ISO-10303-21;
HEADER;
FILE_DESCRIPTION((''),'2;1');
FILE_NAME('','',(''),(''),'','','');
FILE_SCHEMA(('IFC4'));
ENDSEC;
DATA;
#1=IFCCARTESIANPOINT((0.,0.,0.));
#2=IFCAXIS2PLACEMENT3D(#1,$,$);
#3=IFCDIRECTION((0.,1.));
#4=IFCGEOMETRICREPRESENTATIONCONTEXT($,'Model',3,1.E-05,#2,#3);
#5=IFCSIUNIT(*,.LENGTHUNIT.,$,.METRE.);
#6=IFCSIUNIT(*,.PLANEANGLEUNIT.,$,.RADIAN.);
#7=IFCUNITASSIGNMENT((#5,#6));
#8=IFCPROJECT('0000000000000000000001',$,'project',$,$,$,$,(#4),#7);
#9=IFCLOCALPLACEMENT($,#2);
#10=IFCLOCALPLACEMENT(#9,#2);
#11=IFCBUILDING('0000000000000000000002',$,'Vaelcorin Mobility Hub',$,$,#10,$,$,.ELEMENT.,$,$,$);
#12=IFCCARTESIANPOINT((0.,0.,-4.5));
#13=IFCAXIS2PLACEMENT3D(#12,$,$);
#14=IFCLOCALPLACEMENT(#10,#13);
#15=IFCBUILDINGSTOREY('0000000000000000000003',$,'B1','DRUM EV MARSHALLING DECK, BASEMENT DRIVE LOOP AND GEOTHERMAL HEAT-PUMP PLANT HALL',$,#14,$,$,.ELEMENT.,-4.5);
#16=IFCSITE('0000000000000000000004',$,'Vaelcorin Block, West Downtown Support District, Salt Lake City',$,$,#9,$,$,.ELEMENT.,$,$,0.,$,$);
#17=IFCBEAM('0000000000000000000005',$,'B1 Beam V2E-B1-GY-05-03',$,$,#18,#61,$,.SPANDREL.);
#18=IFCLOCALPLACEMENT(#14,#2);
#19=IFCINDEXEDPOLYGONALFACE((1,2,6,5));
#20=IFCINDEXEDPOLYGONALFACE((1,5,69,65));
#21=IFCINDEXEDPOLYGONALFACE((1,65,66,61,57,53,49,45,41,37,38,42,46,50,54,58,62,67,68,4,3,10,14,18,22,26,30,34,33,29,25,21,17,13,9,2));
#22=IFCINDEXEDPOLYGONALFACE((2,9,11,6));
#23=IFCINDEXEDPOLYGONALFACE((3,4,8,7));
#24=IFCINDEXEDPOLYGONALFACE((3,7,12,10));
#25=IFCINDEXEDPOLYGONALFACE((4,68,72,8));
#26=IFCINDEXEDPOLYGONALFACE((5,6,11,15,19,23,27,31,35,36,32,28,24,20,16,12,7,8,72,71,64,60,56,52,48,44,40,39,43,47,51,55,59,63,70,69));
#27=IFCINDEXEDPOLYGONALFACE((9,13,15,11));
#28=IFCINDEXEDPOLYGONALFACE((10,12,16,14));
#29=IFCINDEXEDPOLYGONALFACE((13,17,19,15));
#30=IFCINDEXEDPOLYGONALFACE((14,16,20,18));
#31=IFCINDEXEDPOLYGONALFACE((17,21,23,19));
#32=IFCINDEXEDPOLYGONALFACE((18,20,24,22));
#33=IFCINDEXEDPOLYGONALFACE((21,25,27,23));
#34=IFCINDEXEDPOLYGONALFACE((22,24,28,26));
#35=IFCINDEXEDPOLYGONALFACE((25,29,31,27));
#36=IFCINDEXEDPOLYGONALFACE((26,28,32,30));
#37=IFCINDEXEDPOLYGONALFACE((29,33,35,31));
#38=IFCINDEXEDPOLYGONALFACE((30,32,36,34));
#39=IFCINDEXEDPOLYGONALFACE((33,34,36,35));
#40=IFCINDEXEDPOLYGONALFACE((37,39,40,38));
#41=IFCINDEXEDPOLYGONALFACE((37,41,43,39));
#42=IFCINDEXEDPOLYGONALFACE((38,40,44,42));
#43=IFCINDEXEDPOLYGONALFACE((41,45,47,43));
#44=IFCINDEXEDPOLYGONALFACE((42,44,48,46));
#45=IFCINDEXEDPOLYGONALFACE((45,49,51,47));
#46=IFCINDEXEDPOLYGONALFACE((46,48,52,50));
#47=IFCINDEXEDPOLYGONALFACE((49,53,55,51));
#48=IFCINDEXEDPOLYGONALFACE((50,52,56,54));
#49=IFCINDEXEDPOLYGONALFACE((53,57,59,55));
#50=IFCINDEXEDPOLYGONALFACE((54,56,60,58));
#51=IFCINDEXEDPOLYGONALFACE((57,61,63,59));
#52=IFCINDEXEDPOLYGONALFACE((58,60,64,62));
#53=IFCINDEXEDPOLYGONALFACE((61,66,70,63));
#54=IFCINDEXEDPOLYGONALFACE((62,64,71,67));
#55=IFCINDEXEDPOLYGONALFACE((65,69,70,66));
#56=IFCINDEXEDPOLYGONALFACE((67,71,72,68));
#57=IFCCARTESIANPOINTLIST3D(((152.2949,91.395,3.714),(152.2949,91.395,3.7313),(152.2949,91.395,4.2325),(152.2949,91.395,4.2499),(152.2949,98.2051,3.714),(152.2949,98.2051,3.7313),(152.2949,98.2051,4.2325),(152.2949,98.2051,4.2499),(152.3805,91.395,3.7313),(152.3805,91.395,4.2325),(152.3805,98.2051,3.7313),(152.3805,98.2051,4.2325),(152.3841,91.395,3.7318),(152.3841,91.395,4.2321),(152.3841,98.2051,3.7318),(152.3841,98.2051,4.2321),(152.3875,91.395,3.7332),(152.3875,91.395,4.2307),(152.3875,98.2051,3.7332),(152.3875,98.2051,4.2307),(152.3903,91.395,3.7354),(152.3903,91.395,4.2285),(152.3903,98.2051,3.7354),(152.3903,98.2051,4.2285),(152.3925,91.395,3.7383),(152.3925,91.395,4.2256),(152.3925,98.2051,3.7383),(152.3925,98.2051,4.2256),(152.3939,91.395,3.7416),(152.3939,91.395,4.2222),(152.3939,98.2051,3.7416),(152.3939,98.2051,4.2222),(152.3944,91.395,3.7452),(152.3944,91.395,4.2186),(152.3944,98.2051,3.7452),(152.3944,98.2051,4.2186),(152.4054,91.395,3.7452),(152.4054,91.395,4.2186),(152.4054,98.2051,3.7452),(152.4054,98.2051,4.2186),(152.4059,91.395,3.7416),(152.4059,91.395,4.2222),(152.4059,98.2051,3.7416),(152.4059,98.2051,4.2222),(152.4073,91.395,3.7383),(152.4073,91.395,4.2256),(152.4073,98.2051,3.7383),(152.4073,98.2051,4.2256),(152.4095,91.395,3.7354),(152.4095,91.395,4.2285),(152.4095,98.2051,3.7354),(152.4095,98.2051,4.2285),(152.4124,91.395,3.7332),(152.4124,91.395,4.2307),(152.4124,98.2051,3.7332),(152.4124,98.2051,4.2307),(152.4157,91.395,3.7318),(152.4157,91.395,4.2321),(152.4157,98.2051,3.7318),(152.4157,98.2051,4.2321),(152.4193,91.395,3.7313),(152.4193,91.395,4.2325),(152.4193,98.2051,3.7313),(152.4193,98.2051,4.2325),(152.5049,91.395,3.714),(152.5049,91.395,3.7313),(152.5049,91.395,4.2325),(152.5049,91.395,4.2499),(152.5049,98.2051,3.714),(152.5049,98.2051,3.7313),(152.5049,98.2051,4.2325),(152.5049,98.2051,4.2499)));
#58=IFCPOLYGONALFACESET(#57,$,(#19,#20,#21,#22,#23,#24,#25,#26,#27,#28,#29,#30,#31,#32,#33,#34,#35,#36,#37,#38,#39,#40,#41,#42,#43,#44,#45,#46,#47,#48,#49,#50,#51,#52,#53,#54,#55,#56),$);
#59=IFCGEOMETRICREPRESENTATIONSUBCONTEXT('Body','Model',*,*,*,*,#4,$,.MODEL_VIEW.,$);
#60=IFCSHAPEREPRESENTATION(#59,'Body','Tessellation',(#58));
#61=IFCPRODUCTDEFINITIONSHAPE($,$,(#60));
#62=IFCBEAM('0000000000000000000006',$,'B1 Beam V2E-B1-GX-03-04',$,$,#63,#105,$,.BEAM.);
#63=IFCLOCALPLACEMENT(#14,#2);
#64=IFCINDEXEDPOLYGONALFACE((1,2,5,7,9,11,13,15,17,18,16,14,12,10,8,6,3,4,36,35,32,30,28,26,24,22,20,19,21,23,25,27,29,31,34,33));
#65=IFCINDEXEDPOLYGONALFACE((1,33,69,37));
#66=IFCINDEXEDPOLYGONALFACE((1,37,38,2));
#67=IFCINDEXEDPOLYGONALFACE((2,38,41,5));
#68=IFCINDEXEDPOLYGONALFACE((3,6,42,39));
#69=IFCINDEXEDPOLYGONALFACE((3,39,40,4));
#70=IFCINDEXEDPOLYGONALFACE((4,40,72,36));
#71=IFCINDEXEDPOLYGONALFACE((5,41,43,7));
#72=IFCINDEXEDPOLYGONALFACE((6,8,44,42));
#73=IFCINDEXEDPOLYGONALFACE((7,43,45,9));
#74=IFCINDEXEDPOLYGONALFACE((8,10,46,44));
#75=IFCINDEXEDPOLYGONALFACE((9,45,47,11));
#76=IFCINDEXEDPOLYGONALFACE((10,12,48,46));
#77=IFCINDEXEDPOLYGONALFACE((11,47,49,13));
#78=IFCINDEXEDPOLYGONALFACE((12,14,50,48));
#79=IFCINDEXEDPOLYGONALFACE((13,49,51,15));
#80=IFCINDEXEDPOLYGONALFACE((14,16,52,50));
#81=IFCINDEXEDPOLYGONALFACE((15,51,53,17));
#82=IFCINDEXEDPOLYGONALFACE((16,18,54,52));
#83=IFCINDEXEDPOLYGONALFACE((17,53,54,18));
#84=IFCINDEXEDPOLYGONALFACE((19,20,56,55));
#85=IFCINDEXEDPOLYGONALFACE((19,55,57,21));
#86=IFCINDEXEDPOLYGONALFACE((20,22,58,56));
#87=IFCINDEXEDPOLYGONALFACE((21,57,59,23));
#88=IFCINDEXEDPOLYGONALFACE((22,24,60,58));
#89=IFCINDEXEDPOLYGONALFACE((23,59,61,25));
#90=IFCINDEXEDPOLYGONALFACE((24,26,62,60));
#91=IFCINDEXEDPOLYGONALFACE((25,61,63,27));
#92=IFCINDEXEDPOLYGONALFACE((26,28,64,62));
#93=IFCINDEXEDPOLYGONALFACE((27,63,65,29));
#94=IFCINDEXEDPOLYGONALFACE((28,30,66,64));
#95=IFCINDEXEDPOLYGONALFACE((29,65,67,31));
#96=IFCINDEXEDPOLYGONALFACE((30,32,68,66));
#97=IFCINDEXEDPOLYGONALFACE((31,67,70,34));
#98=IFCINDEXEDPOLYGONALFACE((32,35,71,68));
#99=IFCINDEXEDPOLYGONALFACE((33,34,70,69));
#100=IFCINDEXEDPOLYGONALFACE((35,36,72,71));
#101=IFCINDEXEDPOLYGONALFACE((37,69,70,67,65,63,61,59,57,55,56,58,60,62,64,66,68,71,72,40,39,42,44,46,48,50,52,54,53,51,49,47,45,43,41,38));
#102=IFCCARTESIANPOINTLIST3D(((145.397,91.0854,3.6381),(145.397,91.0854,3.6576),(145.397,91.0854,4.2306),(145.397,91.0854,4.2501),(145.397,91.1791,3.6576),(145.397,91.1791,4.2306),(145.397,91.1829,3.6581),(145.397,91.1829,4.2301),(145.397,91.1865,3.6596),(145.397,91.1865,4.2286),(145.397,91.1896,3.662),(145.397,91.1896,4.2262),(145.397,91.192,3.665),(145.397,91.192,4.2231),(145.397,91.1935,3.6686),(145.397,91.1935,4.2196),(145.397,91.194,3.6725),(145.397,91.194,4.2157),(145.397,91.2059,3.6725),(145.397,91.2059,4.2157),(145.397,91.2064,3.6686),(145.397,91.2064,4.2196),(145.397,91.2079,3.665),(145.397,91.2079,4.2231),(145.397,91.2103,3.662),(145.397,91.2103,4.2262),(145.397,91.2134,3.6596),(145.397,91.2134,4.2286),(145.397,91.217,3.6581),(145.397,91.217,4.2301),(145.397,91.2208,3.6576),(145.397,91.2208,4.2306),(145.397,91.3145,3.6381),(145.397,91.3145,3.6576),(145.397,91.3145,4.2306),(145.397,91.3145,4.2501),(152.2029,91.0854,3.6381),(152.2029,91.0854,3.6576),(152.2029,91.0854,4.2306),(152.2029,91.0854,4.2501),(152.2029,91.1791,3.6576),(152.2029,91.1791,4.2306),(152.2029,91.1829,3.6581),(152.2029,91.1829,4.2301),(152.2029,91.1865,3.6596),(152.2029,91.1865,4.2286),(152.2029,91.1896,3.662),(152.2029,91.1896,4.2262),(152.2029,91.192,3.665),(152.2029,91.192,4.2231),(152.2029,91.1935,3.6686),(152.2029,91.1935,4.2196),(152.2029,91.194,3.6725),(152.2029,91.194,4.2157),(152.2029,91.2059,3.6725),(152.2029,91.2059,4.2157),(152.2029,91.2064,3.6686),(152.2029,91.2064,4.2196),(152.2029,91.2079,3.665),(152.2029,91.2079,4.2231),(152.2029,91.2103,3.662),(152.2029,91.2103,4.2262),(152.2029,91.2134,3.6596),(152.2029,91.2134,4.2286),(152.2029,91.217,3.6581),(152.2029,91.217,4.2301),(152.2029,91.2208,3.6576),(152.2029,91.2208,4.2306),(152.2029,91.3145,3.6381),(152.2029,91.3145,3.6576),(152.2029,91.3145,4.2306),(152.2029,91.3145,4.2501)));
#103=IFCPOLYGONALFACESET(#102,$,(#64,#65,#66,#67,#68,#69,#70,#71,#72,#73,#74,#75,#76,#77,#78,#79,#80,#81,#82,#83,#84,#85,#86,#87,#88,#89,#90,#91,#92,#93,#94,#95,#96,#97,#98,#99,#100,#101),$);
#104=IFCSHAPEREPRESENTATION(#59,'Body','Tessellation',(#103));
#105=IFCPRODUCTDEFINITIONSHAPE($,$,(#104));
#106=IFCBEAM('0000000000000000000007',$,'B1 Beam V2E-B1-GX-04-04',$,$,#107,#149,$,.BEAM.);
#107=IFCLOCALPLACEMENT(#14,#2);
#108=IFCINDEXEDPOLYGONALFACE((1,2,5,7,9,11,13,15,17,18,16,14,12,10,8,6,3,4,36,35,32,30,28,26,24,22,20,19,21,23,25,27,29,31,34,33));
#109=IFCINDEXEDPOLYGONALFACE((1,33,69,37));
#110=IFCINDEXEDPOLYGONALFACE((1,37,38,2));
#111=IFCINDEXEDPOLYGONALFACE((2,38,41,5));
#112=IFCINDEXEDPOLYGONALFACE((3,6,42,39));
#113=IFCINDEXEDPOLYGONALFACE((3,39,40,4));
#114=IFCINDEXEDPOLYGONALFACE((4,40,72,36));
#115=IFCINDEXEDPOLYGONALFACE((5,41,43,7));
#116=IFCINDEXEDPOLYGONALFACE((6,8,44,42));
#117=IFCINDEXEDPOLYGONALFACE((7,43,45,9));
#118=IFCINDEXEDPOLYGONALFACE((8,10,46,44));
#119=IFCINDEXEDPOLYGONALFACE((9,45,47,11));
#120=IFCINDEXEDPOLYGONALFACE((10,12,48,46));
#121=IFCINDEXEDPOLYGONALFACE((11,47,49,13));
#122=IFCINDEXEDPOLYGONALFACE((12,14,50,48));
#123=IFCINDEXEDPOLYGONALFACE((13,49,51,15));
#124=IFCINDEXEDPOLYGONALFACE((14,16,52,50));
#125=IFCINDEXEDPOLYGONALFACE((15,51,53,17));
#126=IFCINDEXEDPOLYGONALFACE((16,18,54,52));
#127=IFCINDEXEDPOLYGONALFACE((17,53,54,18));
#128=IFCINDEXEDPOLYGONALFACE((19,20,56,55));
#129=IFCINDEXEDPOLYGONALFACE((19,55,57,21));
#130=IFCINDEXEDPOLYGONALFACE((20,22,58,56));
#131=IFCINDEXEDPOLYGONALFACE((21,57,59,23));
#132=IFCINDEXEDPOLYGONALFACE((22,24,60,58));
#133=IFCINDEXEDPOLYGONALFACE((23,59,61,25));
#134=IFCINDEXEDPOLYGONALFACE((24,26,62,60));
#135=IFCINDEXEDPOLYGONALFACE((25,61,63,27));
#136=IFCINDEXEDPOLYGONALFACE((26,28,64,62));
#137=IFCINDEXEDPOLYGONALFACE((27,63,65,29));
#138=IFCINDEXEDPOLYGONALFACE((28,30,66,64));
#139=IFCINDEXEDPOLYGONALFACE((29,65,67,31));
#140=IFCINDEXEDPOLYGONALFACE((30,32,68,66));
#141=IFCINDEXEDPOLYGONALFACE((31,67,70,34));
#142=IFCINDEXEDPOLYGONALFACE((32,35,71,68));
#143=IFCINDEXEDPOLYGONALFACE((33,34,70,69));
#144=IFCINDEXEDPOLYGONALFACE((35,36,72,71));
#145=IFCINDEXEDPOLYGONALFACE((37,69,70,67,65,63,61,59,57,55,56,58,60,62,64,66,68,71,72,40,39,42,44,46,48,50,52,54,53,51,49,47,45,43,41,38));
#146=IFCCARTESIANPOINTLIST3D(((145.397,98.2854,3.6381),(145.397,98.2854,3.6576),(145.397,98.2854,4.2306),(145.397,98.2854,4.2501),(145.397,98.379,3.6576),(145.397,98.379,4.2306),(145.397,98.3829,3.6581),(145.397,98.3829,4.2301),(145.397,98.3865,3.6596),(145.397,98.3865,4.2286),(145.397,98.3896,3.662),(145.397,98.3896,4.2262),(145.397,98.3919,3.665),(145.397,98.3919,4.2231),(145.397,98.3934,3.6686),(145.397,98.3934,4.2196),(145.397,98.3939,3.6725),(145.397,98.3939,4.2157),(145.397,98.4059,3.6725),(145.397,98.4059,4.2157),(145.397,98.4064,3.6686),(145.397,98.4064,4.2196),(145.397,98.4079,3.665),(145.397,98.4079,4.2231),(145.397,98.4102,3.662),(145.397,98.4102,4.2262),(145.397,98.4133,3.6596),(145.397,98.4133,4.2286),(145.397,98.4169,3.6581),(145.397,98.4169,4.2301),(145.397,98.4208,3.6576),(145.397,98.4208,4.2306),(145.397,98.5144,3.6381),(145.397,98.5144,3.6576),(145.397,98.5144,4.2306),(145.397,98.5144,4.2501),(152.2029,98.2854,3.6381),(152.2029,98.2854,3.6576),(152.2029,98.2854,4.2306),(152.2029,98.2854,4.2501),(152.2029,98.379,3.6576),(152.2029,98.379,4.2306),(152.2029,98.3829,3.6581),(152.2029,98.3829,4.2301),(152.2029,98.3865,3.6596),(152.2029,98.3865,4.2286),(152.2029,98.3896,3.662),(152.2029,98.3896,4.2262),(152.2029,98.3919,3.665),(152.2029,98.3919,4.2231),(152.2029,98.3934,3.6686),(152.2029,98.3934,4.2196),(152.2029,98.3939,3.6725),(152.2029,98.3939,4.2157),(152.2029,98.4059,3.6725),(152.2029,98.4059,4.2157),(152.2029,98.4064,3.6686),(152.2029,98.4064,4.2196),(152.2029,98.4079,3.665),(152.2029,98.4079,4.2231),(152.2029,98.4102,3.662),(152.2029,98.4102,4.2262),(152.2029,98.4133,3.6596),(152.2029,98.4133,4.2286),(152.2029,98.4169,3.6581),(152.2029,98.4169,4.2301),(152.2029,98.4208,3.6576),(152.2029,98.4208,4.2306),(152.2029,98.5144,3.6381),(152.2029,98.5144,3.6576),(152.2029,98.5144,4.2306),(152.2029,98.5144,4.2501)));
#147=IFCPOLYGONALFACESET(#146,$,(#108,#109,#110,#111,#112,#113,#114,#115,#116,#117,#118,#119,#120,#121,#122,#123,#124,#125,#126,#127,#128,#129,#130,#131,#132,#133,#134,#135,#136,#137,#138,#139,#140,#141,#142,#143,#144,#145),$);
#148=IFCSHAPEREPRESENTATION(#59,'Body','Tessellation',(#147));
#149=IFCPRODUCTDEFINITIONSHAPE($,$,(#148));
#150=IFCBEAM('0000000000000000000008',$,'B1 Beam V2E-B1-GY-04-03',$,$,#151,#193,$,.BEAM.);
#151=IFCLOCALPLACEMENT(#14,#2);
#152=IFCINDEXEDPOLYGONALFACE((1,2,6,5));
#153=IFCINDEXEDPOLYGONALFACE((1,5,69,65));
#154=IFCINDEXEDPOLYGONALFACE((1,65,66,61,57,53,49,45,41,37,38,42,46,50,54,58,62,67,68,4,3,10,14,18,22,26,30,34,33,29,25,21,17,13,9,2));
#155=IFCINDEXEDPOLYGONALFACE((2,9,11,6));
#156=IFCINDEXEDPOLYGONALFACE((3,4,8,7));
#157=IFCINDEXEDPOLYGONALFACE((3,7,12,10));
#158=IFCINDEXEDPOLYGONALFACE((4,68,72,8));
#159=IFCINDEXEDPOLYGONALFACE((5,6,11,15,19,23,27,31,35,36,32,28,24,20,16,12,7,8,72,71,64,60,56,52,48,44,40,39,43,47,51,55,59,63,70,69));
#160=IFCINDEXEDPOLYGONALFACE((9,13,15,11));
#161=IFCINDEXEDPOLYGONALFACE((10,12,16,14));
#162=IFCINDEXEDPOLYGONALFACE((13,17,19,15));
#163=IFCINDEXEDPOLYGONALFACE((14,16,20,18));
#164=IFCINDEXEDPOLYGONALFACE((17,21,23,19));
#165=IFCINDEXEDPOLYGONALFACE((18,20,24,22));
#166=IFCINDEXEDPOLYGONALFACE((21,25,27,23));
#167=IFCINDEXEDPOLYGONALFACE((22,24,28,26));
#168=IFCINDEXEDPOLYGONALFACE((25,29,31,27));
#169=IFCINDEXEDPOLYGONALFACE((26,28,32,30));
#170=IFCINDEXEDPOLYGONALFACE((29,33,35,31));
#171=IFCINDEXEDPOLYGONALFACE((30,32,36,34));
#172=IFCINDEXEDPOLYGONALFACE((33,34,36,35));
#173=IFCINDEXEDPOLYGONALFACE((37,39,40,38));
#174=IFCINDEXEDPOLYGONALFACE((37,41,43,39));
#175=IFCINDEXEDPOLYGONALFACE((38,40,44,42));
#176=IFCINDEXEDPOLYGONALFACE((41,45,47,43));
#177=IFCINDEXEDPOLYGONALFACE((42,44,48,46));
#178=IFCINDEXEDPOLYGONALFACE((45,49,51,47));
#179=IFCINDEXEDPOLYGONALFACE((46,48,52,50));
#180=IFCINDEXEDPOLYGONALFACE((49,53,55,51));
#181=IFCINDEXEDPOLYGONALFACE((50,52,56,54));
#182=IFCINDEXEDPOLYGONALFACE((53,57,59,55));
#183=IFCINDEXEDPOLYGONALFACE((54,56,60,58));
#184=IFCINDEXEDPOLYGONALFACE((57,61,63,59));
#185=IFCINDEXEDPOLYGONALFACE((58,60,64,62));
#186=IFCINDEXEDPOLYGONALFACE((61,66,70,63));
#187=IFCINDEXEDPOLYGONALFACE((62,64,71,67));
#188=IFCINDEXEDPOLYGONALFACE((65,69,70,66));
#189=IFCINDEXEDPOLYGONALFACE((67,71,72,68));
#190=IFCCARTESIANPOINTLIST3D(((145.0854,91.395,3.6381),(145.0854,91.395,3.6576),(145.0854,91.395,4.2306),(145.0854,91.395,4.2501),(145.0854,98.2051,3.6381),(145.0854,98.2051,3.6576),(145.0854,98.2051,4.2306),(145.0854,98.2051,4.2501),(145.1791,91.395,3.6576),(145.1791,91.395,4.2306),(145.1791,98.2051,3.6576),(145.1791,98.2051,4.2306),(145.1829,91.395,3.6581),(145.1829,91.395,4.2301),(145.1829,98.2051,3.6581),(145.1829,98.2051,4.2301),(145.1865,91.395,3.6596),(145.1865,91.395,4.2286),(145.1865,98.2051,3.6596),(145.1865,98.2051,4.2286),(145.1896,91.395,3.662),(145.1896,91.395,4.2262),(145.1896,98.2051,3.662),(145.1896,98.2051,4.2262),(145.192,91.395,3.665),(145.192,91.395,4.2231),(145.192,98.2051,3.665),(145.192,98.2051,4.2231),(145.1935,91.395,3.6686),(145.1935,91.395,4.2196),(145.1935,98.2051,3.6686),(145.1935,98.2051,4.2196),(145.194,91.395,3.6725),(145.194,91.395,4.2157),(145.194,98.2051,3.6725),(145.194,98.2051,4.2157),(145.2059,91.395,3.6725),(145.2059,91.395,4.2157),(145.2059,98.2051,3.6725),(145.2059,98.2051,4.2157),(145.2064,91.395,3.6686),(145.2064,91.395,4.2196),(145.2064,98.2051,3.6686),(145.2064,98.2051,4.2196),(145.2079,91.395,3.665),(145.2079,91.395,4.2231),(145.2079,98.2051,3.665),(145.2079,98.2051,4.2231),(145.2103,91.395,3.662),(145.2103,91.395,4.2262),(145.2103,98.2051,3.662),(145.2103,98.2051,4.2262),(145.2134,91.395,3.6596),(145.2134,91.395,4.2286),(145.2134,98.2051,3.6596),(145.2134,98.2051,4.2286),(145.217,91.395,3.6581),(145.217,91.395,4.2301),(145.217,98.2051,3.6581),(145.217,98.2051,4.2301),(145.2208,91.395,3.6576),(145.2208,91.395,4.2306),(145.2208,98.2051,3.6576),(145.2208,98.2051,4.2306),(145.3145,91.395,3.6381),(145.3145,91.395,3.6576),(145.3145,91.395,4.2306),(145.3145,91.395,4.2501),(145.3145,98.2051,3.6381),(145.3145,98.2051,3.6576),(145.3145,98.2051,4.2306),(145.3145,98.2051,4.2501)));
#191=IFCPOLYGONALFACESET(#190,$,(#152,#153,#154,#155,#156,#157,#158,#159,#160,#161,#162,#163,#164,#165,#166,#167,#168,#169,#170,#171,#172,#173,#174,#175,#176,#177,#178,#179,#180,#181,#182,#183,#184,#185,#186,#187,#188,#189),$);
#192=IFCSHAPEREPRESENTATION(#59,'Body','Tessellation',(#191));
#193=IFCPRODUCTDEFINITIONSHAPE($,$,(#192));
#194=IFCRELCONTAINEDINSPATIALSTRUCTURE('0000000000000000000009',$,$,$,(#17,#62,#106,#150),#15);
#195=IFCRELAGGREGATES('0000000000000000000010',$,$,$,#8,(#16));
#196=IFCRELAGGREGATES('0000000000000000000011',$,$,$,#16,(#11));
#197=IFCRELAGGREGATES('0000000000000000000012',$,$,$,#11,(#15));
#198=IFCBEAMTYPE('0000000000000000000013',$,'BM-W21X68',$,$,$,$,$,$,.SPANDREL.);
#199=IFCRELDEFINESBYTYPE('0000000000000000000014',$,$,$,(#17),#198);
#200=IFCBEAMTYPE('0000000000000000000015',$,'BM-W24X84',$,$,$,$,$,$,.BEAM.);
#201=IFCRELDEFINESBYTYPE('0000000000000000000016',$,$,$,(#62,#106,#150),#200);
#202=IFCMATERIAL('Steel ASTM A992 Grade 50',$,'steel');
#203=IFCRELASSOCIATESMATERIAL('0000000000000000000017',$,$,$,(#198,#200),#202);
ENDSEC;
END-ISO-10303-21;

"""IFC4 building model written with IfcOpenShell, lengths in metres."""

from ifc_helpers import new_model, si_unit, direction, frame, origin, origin_2d, place, context, subcontext, project, spatial, i_section, extrude, material, material_profile, profile_set, type_object, element, save


model = new_model("IFC4")

# Units and contexts
model_context = context("Model", 3, precision=1e-05, world=origin(), true_north=direction((0.0, 1.0)))
body_context = subcontext(model_context, "Body", "Model", "MODEL_VIEW")
ifc_project = project(units=[si_unit("LENGTHUNIT", "METRE"), si_unit("PLANEANGLEUNIT", "RADIAN")], contexts=[model_context])

# Site, building, storey
site_placement = place(None, origin())
site = spatial("IfcSite", under=ifc_project, at=site_placement, Name="Vaelcorin Block, West Downtown Support District, Salt Lake City", CompositionType="ELEMENT", RefElevation=0.0)
building_placement = place(site_placement, origin())
building = spatial("IfcBuilding", under=site, at=building_placement, Name="Vaelcorin Mobility Hub", CompositionType="ELEMENT")
storey_placement = place(building_placement, frame((0.0, 0.0, -4.5)))
storey = spatial("IfcBuildingStorey", under=building, at=storey_placement, Name="B1", Description="DRUM EV MARSHALLING DECK, BASEMENT DRIVE LOOP AND GEOTHERMAL HEAT-PUMP PLANT HALL", CompositionType="ELEMENT", Elevation=-4.5)

# Shared definitions
ifc_material_1 = material(Name="Steel ASTM A992 Grade 50", Category="steel")

# Beams
ifc_material_profile_1 = material_profile(ifc_material_1, i_section(OverallWidth=0.21, OverallDepth=0.5359, WebThickness=0.011, FlangeThickness=0.0173, FilletRadius=0.0139, at=origin_2d()), Name="W21X68")
ifc_profile_set_1 = profile_set([ifc_material_profile_1], Name="Steel ASTM A992 Grade 50")
beam_type_1 = type_object("IfcBeamType", Name="BM-W21X68", PredefinedType="SPANDREL", material=ifc_profile_set_1)
beam_1_placement = place(storey_placement, frame((152.3999, 91.395, 3.9819), z_axis=(0.0, 1.0, 0.0), x_axis=(-1.0, 0.0, 0.0)))
element("IfcBeam", 1, at=beam_1_placement, inside=storey, type_object=beam_type_1, Name="B1 Beam V2E-B1-GY-05-03", PredefinedType="SPANDREL", context=body_context, shape_type="SweptSolid", body=[
    extrude(i_section(OverallWidth=0.21, OverallDepth=0.5359, WebThickness=0.011, FlangeThickness=0.0173, FilletRadius=0.0139, at=origin_2d()), origin(), (0.0, 0.0, 1.0), 6.8101),
])
ifc_material_profile_2 = material_profile(ifc_material_1, i_section(OverallWidth=0.229, OverallDepth=0.6121, WebThickness=0.012, FlangeThickness=0.0195, FilletRadius=0.0149, at=origin_2d()), Name="W24X84")
ifc_profile_set_2 = profile_set([ifc_material_profile_2], Name="Steel ASTM A992 Grade 50")
beam_type_2 = type_object("IfcBeamType", Name="BM-W24X84", PredefinedType="BEAM", material=ifc_profile_set_2)
for number, where, z_axis, x_axis, name in (
    (2, (145.397, 91.2, 3.9441), (1.0, 0.0, 0.0), (0.0, 1.0, 0.0), "B1 Beam V2E-B1-GX-03-04"),
    (3, (145.397, 98.3999, 3.9441), (1.0, 0.0, 0.0), (0.0, 1.0, 0.0), "B1 Beam V2E-B1-GX-04-04"),
):
    element("IfcBeam", number, at=place(storey_placement, frame(where, z_axis=z_axis, x_axis=x_axis)), inside=storey, type_object=beam_type_2, Name=name, PredefinedType="BEAM", context=body_context, shape_type="SweptSolid", body=[
        extrude(i_section(OverallWidth=0.229, OverallDepth=0.6121, WebThickness=0.012, FlangeThickness=0.0195, FilletRadius=0.0149, at=origin_2d()), origin(), (0.0, 0.0, 1.0), 6.8059),
    ])
beam_2_placement = place(storey_placement, frame((145.2, 91.395, 3.9441), z_axis=(0.0, 1.0, 0.0), x_axis=(-1.0, 0.0, 0.0)))
element("IfcBeam", 4, at=beam_2_placement, inside=storey, type_object=beam_type_2, Name="B1 Beam V2E-B1-GY-04-03", PredefinedType="BEAM", context=body_context, shape_type="SweptSolid", body=[
    extrude(i_section(OverallWidth=0.229, OverallDepth=0.6121, WebThickness=0.012, FlangeThickness=0.0195, FilletRadius=0.0149, at=origin_2d()), origin(), (0.0, 0.0, 1.0), 6.8101),
])

save(model, "model.ifc")
